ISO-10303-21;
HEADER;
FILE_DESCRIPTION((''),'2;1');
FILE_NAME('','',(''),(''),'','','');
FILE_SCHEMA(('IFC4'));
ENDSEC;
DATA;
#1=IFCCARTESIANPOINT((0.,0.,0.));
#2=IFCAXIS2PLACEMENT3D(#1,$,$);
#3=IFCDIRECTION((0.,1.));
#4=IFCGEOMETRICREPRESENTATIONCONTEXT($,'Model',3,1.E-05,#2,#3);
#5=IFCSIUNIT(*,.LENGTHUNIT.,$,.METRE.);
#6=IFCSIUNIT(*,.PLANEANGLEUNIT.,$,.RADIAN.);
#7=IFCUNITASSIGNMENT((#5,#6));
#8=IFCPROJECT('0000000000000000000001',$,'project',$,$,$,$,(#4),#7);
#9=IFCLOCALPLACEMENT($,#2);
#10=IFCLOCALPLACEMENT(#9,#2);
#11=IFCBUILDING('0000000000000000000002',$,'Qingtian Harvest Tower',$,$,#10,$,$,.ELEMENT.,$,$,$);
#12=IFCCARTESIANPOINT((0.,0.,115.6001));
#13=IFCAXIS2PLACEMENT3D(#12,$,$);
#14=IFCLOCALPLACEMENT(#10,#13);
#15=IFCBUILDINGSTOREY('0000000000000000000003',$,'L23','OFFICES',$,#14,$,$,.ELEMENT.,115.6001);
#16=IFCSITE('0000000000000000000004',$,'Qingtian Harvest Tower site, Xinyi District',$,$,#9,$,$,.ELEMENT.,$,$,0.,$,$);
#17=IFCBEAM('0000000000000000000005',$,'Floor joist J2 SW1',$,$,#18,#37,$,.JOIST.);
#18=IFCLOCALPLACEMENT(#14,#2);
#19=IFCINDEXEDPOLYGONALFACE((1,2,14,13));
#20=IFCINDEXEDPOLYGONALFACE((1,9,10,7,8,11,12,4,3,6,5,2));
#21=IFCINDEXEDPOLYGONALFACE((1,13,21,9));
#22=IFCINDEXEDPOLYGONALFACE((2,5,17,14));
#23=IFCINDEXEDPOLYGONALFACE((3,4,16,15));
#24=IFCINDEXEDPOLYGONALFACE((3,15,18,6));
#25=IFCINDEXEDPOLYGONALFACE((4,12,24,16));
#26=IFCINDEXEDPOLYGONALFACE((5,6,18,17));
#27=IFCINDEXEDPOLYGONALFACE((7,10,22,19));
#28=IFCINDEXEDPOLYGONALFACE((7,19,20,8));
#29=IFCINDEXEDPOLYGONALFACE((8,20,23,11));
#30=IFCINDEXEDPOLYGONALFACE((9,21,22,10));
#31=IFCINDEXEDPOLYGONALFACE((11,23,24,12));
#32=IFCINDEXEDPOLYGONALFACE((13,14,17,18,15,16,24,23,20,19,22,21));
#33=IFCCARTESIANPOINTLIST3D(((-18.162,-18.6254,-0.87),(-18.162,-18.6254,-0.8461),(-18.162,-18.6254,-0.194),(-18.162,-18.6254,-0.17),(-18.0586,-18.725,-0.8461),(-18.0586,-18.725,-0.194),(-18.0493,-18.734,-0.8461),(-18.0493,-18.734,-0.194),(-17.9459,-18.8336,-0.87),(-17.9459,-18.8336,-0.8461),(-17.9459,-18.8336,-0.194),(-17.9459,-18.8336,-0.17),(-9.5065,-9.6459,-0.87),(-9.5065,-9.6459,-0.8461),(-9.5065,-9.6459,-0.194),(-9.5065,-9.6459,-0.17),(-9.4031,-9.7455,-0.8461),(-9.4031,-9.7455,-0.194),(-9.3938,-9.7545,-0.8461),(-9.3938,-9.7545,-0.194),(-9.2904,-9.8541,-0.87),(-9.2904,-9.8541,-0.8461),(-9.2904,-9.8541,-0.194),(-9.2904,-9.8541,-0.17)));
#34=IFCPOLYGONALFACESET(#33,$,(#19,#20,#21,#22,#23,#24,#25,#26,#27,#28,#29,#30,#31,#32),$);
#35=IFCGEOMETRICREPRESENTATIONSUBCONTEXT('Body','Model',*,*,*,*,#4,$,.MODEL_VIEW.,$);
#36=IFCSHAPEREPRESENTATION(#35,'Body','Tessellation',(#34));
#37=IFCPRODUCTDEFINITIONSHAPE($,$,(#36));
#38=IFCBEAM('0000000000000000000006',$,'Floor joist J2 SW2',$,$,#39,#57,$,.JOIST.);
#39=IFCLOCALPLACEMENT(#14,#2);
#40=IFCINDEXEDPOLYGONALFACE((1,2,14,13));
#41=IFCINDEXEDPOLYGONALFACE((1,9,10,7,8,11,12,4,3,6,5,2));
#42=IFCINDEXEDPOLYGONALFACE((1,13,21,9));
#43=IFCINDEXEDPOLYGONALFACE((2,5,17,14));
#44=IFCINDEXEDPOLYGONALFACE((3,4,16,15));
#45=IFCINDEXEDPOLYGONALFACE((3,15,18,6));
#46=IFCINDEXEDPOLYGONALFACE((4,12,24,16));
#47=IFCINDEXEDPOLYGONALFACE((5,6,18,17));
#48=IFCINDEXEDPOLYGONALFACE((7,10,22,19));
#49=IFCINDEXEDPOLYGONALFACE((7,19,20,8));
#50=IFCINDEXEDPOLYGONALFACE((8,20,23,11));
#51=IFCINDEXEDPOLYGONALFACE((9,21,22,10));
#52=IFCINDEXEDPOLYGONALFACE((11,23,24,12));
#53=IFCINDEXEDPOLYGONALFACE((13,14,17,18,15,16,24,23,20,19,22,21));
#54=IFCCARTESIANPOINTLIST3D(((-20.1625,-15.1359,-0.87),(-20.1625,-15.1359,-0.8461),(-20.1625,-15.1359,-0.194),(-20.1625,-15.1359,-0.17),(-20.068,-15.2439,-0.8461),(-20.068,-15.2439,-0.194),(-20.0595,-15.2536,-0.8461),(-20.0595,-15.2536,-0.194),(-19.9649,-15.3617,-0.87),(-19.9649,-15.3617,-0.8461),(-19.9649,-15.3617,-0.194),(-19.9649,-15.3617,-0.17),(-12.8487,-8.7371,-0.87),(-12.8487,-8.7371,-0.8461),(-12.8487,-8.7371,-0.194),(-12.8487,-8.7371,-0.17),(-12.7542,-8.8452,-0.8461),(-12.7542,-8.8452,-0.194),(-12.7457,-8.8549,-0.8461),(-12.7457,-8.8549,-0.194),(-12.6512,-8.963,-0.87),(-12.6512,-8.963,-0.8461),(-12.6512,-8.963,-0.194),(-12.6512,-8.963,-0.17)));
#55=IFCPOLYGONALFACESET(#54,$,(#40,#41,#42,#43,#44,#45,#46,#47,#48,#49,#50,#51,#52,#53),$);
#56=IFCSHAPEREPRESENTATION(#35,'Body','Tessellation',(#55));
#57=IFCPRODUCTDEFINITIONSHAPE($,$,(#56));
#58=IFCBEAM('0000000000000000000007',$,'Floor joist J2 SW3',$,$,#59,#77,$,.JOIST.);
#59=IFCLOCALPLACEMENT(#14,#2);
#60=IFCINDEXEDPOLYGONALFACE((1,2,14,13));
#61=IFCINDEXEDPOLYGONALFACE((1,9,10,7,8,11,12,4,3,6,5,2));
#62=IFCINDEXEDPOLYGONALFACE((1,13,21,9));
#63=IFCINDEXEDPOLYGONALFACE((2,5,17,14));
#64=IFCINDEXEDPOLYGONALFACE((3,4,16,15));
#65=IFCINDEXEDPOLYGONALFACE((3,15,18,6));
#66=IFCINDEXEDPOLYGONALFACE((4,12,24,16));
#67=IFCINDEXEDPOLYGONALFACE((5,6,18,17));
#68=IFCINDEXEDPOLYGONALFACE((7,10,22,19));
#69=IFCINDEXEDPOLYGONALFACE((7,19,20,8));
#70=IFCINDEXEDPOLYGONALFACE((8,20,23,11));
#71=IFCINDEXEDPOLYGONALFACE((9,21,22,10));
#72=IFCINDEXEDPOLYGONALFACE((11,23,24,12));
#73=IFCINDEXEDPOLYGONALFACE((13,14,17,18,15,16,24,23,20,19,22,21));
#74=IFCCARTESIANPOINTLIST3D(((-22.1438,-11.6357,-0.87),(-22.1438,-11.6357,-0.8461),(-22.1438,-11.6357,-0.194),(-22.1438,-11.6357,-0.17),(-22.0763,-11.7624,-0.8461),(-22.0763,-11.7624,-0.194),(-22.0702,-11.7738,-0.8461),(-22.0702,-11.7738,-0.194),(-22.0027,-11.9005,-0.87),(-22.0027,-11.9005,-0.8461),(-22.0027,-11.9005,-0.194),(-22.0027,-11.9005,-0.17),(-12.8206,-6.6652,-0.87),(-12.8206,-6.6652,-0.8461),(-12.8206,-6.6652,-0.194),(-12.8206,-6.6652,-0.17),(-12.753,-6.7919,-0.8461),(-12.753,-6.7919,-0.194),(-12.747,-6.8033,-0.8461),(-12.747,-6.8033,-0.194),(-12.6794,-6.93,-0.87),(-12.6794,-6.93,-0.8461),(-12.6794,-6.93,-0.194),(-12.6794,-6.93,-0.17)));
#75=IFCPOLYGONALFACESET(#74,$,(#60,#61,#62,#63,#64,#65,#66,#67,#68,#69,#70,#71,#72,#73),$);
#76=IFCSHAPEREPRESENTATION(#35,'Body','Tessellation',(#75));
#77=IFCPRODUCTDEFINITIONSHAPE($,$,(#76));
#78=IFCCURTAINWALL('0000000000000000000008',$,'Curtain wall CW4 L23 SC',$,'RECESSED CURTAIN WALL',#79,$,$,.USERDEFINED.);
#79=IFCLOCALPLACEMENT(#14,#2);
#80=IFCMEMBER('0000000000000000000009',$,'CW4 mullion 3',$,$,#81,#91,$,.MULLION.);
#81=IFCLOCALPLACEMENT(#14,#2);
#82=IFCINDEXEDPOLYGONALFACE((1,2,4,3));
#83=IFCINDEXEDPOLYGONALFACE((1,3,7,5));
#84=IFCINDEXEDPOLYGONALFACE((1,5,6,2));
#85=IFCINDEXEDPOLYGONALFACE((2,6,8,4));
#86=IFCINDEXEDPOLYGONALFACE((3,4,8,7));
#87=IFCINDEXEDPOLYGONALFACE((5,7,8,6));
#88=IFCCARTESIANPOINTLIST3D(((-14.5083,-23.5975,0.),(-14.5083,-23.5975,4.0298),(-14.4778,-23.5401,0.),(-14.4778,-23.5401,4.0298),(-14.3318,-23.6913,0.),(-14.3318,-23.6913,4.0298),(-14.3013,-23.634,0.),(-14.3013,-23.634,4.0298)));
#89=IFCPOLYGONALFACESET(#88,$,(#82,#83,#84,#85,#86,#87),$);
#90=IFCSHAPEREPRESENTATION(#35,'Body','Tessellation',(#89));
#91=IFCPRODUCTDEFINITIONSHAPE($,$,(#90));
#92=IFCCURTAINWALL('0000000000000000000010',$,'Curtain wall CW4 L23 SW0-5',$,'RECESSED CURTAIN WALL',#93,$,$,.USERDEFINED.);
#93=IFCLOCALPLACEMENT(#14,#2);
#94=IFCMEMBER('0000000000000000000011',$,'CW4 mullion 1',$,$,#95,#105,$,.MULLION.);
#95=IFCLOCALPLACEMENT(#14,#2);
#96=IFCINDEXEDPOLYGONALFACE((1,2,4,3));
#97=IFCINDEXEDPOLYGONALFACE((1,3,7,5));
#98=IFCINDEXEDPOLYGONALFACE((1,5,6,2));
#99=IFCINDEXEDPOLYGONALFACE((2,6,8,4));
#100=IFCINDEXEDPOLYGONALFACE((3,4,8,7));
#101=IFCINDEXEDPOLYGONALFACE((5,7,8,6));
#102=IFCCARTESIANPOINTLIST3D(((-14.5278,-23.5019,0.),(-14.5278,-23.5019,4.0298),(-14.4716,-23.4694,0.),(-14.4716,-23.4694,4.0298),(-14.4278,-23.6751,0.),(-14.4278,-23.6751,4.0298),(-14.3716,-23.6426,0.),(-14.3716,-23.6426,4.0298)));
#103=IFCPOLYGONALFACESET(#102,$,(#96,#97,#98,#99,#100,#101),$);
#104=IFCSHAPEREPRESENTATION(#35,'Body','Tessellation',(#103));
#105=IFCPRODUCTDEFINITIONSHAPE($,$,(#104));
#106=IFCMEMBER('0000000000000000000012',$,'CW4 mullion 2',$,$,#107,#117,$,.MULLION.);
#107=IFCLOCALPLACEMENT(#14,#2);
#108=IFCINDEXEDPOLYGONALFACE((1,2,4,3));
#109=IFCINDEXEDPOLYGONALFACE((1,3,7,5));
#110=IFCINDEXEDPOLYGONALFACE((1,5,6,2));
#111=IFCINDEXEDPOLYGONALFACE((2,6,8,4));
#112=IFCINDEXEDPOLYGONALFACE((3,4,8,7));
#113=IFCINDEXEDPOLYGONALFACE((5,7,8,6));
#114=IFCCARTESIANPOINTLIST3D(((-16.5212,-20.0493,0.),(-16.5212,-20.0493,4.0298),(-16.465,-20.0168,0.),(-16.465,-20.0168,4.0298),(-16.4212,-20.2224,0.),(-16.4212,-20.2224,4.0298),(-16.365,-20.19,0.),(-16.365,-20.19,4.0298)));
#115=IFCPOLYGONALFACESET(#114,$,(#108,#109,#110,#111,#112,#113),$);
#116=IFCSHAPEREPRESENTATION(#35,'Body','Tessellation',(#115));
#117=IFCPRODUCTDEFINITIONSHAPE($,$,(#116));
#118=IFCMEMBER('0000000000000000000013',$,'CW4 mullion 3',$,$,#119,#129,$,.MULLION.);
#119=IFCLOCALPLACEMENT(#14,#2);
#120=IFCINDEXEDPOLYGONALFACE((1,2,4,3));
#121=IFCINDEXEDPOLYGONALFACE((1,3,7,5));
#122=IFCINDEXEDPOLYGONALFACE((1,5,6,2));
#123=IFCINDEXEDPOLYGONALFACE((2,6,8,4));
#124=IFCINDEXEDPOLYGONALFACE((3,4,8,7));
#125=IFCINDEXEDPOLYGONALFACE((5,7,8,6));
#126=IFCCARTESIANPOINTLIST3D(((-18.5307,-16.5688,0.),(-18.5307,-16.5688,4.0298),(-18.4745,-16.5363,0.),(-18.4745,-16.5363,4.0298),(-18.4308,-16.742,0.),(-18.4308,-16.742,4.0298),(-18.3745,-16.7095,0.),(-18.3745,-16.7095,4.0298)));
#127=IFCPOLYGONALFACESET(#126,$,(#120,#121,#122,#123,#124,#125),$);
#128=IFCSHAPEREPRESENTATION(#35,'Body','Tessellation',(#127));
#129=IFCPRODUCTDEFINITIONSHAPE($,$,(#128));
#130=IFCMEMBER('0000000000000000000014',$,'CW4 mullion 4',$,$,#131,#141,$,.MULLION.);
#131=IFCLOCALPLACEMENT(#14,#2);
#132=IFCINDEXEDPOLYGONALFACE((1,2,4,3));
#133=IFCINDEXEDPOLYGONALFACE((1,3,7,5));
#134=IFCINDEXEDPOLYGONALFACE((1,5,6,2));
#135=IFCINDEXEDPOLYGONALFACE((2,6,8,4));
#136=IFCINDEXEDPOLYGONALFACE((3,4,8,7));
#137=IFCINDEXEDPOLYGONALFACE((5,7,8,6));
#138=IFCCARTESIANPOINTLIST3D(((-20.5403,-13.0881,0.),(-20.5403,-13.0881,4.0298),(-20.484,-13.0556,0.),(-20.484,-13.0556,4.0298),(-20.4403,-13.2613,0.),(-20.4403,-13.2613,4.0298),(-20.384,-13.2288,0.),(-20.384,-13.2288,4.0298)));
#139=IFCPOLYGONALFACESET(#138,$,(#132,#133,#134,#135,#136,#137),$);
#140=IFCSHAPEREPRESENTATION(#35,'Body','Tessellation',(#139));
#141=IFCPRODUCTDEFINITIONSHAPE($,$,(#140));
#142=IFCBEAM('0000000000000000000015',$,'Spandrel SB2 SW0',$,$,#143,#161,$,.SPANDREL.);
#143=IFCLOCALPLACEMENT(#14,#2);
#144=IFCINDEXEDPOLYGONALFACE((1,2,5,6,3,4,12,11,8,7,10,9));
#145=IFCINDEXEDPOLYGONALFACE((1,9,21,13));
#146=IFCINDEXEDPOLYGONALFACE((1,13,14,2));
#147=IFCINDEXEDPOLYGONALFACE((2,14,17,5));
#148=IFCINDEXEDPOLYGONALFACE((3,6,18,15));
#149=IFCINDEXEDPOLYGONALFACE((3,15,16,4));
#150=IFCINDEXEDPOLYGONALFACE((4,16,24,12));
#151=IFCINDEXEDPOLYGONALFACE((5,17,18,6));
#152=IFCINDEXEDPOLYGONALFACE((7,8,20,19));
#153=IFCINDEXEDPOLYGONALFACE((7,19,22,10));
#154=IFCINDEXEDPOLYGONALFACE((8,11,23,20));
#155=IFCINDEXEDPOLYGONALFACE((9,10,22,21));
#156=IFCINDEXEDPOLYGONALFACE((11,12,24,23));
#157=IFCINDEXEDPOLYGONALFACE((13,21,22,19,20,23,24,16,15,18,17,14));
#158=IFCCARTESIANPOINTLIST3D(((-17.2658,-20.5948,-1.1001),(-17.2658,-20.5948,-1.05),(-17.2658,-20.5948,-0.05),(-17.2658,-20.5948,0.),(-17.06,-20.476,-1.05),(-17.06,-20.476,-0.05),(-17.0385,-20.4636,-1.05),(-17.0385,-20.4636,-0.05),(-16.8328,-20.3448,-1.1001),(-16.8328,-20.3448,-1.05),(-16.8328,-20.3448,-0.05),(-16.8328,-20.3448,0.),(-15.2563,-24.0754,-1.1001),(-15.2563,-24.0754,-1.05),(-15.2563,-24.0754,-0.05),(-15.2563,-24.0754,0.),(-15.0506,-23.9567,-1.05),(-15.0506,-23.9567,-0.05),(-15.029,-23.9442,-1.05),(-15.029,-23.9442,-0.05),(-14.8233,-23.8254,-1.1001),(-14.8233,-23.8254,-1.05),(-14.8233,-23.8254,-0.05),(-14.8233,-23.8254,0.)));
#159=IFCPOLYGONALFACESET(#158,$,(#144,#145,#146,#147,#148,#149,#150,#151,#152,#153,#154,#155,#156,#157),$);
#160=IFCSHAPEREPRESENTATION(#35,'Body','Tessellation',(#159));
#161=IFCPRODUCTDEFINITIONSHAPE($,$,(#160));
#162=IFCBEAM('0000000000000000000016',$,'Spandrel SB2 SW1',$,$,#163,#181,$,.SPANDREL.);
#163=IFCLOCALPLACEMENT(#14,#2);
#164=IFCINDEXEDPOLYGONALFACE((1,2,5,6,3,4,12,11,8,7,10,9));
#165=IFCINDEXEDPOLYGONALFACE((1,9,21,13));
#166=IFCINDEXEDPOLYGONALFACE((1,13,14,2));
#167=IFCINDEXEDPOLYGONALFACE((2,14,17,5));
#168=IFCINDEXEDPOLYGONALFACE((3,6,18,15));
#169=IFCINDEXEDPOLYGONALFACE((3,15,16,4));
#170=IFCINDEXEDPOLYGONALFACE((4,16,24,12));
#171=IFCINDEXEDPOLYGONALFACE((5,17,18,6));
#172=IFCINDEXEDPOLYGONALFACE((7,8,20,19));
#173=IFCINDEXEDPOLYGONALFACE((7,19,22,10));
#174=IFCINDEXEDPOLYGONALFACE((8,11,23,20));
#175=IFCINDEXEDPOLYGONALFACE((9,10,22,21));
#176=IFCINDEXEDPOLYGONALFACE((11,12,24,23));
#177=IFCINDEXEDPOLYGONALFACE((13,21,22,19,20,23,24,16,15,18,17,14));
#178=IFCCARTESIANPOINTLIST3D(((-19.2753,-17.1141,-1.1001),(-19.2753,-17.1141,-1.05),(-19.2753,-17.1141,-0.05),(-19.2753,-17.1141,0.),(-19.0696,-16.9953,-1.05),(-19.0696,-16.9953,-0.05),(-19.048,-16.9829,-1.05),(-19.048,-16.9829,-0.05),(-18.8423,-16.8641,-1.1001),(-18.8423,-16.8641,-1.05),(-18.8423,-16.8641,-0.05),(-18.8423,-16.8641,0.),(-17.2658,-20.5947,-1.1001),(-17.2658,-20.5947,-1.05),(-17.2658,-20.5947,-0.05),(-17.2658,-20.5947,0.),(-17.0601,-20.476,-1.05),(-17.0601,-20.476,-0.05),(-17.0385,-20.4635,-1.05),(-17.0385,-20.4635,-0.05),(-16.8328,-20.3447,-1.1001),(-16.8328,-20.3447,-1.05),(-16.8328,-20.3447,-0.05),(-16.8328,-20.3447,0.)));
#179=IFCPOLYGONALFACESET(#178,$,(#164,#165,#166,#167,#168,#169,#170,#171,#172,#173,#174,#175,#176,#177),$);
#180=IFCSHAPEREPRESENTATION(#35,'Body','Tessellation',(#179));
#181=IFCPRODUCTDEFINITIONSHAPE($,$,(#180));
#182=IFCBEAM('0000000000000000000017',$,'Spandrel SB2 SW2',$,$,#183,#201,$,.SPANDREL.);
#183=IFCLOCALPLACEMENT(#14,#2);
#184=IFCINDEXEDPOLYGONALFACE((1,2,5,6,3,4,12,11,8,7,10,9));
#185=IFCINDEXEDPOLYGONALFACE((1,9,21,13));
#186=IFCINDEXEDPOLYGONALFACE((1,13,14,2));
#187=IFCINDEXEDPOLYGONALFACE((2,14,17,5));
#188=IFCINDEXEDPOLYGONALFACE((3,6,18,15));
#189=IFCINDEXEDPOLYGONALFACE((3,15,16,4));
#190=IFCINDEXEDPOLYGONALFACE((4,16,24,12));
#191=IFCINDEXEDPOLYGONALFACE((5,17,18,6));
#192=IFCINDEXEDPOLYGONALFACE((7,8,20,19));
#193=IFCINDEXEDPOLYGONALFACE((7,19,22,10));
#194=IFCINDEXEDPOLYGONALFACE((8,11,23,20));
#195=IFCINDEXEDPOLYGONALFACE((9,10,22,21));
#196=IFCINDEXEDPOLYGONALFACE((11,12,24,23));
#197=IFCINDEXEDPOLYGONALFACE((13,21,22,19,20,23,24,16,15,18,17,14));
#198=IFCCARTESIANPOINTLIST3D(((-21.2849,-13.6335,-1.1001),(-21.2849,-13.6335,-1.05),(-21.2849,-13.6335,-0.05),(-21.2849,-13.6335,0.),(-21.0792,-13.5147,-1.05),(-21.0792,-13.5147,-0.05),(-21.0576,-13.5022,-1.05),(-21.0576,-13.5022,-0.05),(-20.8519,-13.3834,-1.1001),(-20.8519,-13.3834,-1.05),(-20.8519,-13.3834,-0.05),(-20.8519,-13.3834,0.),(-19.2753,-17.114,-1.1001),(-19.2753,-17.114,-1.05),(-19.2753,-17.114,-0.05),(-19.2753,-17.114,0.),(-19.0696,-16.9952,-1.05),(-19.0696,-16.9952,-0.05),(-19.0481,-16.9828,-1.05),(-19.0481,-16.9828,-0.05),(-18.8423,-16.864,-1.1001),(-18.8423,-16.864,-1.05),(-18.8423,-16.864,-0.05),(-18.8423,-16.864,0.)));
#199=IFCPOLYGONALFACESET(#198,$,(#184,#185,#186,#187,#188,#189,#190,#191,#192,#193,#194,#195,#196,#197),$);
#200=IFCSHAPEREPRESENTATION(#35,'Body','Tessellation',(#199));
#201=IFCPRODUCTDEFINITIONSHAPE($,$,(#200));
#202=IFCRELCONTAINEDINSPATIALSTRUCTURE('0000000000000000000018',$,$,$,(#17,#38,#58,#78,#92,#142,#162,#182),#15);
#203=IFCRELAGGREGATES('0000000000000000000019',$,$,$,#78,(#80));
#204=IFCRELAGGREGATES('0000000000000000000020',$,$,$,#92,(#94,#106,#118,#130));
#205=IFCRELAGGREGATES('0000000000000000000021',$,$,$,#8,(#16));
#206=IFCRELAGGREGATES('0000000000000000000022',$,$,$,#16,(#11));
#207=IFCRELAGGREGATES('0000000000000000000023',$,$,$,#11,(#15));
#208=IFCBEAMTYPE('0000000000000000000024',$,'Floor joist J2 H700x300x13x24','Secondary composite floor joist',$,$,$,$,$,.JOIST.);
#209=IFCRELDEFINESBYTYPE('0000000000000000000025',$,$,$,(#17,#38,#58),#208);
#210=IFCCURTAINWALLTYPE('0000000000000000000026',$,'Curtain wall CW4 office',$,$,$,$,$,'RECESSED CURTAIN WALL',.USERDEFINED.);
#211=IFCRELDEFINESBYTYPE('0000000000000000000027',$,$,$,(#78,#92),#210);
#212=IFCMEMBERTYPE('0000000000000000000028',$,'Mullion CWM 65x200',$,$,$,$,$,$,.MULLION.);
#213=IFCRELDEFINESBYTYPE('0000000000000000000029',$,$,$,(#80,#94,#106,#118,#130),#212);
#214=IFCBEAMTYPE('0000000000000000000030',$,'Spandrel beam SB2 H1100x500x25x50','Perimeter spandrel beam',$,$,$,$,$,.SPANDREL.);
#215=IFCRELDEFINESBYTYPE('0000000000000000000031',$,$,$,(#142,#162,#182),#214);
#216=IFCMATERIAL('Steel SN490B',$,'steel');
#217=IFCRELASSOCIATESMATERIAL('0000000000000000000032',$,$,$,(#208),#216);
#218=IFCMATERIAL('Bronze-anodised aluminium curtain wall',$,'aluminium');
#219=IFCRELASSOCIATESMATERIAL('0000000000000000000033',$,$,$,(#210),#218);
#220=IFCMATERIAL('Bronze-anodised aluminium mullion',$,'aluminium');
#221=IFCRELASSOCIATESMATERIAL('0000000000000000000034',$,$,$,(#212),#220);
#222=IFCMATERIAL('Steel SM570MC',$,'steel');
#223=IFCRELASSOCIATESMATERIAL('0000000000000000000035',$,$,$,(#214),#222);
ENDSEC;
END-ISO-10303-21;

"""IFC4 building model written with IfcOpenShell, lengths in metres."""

from ifc_helpers import new_model, si_unit, direction, frame, origin, origin_2d, place, context, subcontext, project, spatial, rectangle, i_section, extrude, material, material_profile, profile_set, type_object, element, aggregate, save


model = new_model("IFC4")

# Units and contexts
model_context = context("Model", 3, precision=1e-05, world=origin(), true_north=direction((0.0, 1.0)))
body_context = subcontext(model_context, "Body", "Model", "MODEL_VIEW")
ifc_project = project(units=[si_unit("LENGTHUNIT", "METRE"), si_unit("PLANEANGLEUNIT", "RADIAN")], contexts=[model_context])

# Site, building, storey
site_placement = place(None, origin())
site = spatial("IfcSite", under=ifc_project, at=site_placement, Name="Qingtian Harvest Tower site, Xinyi District", CompositionType="ELEMENT", RefElevation=0.0)
building_placement = place(site_placement, origin())
building = spatial("IfcBuilding", under=site, at=building_placement, Name="Qingtian Harvest Tower", CompositionType="ELEMENT")
storey_placement = place(building_placement, frame((0.0, 0.0, 115.6001)))
storey = spatial("IfcBuildingStorey", under=building, at=storey_placement, Name="L23", Description="OFFICES", CompositionType="ELEMENT", Elevation=115.6001)

# Beams
ifc_material_1 = material(Name="Steel SN490B", Category="steel")
ifc_material_profile_1 = material_profile(ifc_material_1, i_section(OverallWidth=0.3, OverallDepth=0.7, WebThickness=0.0129, FlangeThickness=0.0239, at=origin_2d()), Name="H700x300x13x24")
ifc_profile_set_1 = profile_set([ifc_material_profile_1], Name="Steel SN490B")
beam_type_1 = type_object("IfcBeamType", Name="Floor joist J2 H700x300x13x24", Description="Secondary composite floor joist", PredefinedType="JOIST", material=ifc_profile_set_1)
beam_1_placement = place(storey_placement, frame((-18.054, -18.7295, -0.52), z_axis=(0.693999, 0.719976, 0.0), x_axis=(-0.719976, 0.693999, 0.0)))
element("IfcBeam", 1, at=beam_1_placement, inside=storey, type_object=beam_type_1, Name="Floor joist J2 SW1", PredefinedType="JOIST", context=body_context, shape_type="SweptSolid", body=[
    extrude(i_section(OverallWidth=0.3, OverallDepth=0.7, WebThickness=0.0129, FlangeThickness=0.0239, at=origin_2d()), origin(), (0.0, 0.0, 1.0), 12.4719),
])
beam_2_placement = place(storey_placement, frame((-20.0637, -15.2488, -0.52), z_axis=(0.752619, 0.658457, 0.0), x_axis=(-0.658457, 0.752619, 0.0)))
element("IfcBeam", 2, at=beam_2_placement, inside=storey, type_object=beam_type_1, Name="Floor joist J2 SW2", PredefinedType="JOIST", context=body_context, shape_type="SweptSolid", body=[
    extrude(i_section(OverallWidth=0.3, OverallDepth=0.7, WebThickness=0.0129, FlangeThickness=0.0239, at=origin_2d()), origin(), (0.0, 0.0, 1.0), 9.7178),
])
beam_3_placement = place(storey_placement, frame((-22.0732, -11.7681, -0.52), z_axis=(0.882429, 0.470446, 0.0), x_axis=(-0.470446, 0.882429, 0.0)))
element("IfcBeam", 3, at=beam_3_placement, inside=storey, type_object=beam_type_1, Name="Floor joist J2 SW3", PredefinedType="JOIST", context=body_context, shape_type="SweptSolid", body=[
    extrude(i_section(OverallWidth=0.3, OverallDepth=0.7, WebThickness=0.0129, FlangeThickness=0.0239, at=origin_2d()), origin(), (0.0, 0.0, 1.0), 10.5654),
])

# Curtain wall, member
ifc_material_2 = material(Name="Bronze-anodised aluminium curtain wall", Category="aluminium")
curtain_wall_type = type_object("IfcCurtainWallType", Name="Curtain wall CW4 office", ElementType="RECESSED CURTAIN WALL", PredefinedType="USERDEFINED", material=ifc_material_2)
curtain_wall_1_placement = place(storey_placement, origin())
curtain_wall_1 = element("IfcCurtainWall", 4, at=curtain_wall_1_placement, inside=storey, type_object=curtain_wall_type, Name="Curtain wall CW4 L23 SC", ObjectType="RECESSED CURTAIN WALL", PredefinedType="USERDEFINED")
ifc_material_3 = material(Name="Bronze-anodised aluminium mullion", Category="aluminium")
ifc_material_profile_2 = material_profile(ifc_material_3, rectangle(XDim=0.0649, YDim=0.2, at=origin_2d()), Name="AL 65x200")
ifc_profile_set_2 = profile_set([ifc_material_profile_2], Name="Bronze-anodised aluminium mullion")
member_type_1 = type_object("IfcMemberType", Name="Mullion CWM 65x200", PredefinedType="MULLION", material=ifc_profile_set_2)
member_1_placement = place(storey_placement, frame((-14.4048, -23.6157, 0.0), z_axis=(0.0, 0.0, 1.0), x_axis=(-0.469472, -0.882948, 0.0)))
member_1 = element("IfcMember", 5, at=member_1_placement, type_object=member_type_1, Name="CW4 mullion 3", PredefinedType="MULLION", context=body_context, shape_type="SweptSolid", body=[
    extrude(rectangle(XDim=0.0649, YDim=0.2, at=origin_2d()), origin(), (0.0, 0.0, 1.0), 4.0298),
])
aggregate(curtain_wall_1, [member_1])

# Curtain wall, members
curtain_wall_2_placement = place(storey_placement, origin())
curtain_wall_2 = element("IfcCurtainWall", 6, at=curtain_wall_2_placement, inside=storey, type_object=curtain_wall_type, Name="Curtain wall CW4 L23 SW0-5", ObjectType="RECESSED CURTAIN WALL", PredefinedType="USERDEFINED")
member_2_placement = place(storey_placement, frame((-14.4497, -23.5723, 0.0), z_axis=(0.0, 0.0, 1.0), x_axis=(-0.866025, -0.5, 0.0)))
member_2 = element("IfcMember", 7, at=member_2_placement, type_object=member_type_1, Name="CW4 mullion 1", PredefinedType="MULLION", context=body_context, shape_type="SweptSolid", body=[
    extrude(rectangle(XDim=0.0649, YDim=0.2, at=origin_2d()), origin(), (0.0, 0.0, 1.0), 4.0298),
])
member_3_placement = place(storey_placement, frame((-16.4431, -20.1196, 0.0), z_axis=(0.0, 0.0, 1.0), x_axis=(-0.866025, -0.5, 0.0)))
member_3 = element("IfcMember", 8, at=member_3_placement, type_object=member_type_1, Name="CW4 mullion 2", PredefinedType="MULLION", context=body_context, shape_type="SweptSolid", body=[
    extrude(rectangle(XDim=0.0649, YDim=0.2, at=origin_2d()), origin(), (0.0, 0.0, 1.0), 4.0298),
])
member_4_placement = place(storey_placement, frame((-18.4526, -16.6392, 0.0), z_axis=(0.0, 0.0, 1.0), x_axis=(-0.866025, -0.5, 0.0)))
member_4 = element("IfcMember", 9, at=member_4_placement, type_object=member_type_1, Name="CW4 mullion 3", PredefinedType="MULLION", context=body_context, shape_type="SweptSolid", body=[
    extrude(rectangle(XDim=0.0649, YDim=0.2, at=origin_2d()), origin(), (0.0, 0.0, 1.0), 4.0298),
])
member_5_placement = place(storey_placement, frame((-20.4622, -13.1584, 0.0), z_axis=(0.0, 0.0, 1.0), x_axis=(-0.866025, -0.5, 0.0)))
member_5 = element("IfcMember", 10, at=member_5_placement, type_object=member_type_1, Name="CW4 mullion 4", PredefinedType="MULLION", context=body_context, shape_type="SweptSolid", body=[
    extrude(rectangle(XDim=0.0649, YDim=0.2, at=origin_2d()), origin(), (0.0, 0.0, 1.0), 4.0298),
])

# Beams
ifc_material_4 = material(Name="Steel SM570MC", Category="steel")
ifc_material_profile_3 = material_profile(ifc_material_4, i_section(OverallWidth=0.5, OverallDepth=1.1001, WebThickness=0.0249, FlangeThickness=0.05, at=origin_2d()), Name="H1100x500x25x50")
ifc_profile_set_3 = profile_set([ifc_material_profile_3], Name="Steel SM570MC")
beam_type_2 = type_object("IfcBeamType", Name="Spandrel beam SB2 H1100x500x25x50", Description="Perimeter spandrel beam", PredefinedType="SPANDREL", material=ifc_profile_set_3)
for number, where, z_axis, x_axis, name in (
    (11, (-15.0398, -23.9504, -0.55), (-0.499987, 0.866033, 0.0), (-0.866033, -0.499987, 0.0), "Spandrel SB2 SW0"),
    (12, (-17.0493, -20.4697, -0.55), (-0.499987, 0.866033, 0.0), (-0.866033, -0.499987, 0.0), "Spandrel SB2 SW1"),
    (13, (-19.0588, -16.989, -0.55), (-0.500013, 0.866018, 0.0), (-0.866018, -0.500013, 0.0), "Spandrel SB2 SW2"),
):
    element("IfcBeam", number, at=place(storey_placement, frame(where, z_axis=z_axis, x_axis=x_axis)), inside=storey, type_object=beam_type_2, Name=name, PredefinedType="SPANDREL", context=body_context, shape_type="SweptSolid", body=[
        extrude(i_section(OverallWidth=0.5, OverallDepth=1.1001, WebThickness=0.0249, FlangeThickness=0.05, at=origin_2d()), origin(), (0.0, 0.0, 1.0), 4.019),
    ])

aggregate(curtain_wall_2, [member_2, member_3, member_4, member_5])

save(model, "model.ifc")
